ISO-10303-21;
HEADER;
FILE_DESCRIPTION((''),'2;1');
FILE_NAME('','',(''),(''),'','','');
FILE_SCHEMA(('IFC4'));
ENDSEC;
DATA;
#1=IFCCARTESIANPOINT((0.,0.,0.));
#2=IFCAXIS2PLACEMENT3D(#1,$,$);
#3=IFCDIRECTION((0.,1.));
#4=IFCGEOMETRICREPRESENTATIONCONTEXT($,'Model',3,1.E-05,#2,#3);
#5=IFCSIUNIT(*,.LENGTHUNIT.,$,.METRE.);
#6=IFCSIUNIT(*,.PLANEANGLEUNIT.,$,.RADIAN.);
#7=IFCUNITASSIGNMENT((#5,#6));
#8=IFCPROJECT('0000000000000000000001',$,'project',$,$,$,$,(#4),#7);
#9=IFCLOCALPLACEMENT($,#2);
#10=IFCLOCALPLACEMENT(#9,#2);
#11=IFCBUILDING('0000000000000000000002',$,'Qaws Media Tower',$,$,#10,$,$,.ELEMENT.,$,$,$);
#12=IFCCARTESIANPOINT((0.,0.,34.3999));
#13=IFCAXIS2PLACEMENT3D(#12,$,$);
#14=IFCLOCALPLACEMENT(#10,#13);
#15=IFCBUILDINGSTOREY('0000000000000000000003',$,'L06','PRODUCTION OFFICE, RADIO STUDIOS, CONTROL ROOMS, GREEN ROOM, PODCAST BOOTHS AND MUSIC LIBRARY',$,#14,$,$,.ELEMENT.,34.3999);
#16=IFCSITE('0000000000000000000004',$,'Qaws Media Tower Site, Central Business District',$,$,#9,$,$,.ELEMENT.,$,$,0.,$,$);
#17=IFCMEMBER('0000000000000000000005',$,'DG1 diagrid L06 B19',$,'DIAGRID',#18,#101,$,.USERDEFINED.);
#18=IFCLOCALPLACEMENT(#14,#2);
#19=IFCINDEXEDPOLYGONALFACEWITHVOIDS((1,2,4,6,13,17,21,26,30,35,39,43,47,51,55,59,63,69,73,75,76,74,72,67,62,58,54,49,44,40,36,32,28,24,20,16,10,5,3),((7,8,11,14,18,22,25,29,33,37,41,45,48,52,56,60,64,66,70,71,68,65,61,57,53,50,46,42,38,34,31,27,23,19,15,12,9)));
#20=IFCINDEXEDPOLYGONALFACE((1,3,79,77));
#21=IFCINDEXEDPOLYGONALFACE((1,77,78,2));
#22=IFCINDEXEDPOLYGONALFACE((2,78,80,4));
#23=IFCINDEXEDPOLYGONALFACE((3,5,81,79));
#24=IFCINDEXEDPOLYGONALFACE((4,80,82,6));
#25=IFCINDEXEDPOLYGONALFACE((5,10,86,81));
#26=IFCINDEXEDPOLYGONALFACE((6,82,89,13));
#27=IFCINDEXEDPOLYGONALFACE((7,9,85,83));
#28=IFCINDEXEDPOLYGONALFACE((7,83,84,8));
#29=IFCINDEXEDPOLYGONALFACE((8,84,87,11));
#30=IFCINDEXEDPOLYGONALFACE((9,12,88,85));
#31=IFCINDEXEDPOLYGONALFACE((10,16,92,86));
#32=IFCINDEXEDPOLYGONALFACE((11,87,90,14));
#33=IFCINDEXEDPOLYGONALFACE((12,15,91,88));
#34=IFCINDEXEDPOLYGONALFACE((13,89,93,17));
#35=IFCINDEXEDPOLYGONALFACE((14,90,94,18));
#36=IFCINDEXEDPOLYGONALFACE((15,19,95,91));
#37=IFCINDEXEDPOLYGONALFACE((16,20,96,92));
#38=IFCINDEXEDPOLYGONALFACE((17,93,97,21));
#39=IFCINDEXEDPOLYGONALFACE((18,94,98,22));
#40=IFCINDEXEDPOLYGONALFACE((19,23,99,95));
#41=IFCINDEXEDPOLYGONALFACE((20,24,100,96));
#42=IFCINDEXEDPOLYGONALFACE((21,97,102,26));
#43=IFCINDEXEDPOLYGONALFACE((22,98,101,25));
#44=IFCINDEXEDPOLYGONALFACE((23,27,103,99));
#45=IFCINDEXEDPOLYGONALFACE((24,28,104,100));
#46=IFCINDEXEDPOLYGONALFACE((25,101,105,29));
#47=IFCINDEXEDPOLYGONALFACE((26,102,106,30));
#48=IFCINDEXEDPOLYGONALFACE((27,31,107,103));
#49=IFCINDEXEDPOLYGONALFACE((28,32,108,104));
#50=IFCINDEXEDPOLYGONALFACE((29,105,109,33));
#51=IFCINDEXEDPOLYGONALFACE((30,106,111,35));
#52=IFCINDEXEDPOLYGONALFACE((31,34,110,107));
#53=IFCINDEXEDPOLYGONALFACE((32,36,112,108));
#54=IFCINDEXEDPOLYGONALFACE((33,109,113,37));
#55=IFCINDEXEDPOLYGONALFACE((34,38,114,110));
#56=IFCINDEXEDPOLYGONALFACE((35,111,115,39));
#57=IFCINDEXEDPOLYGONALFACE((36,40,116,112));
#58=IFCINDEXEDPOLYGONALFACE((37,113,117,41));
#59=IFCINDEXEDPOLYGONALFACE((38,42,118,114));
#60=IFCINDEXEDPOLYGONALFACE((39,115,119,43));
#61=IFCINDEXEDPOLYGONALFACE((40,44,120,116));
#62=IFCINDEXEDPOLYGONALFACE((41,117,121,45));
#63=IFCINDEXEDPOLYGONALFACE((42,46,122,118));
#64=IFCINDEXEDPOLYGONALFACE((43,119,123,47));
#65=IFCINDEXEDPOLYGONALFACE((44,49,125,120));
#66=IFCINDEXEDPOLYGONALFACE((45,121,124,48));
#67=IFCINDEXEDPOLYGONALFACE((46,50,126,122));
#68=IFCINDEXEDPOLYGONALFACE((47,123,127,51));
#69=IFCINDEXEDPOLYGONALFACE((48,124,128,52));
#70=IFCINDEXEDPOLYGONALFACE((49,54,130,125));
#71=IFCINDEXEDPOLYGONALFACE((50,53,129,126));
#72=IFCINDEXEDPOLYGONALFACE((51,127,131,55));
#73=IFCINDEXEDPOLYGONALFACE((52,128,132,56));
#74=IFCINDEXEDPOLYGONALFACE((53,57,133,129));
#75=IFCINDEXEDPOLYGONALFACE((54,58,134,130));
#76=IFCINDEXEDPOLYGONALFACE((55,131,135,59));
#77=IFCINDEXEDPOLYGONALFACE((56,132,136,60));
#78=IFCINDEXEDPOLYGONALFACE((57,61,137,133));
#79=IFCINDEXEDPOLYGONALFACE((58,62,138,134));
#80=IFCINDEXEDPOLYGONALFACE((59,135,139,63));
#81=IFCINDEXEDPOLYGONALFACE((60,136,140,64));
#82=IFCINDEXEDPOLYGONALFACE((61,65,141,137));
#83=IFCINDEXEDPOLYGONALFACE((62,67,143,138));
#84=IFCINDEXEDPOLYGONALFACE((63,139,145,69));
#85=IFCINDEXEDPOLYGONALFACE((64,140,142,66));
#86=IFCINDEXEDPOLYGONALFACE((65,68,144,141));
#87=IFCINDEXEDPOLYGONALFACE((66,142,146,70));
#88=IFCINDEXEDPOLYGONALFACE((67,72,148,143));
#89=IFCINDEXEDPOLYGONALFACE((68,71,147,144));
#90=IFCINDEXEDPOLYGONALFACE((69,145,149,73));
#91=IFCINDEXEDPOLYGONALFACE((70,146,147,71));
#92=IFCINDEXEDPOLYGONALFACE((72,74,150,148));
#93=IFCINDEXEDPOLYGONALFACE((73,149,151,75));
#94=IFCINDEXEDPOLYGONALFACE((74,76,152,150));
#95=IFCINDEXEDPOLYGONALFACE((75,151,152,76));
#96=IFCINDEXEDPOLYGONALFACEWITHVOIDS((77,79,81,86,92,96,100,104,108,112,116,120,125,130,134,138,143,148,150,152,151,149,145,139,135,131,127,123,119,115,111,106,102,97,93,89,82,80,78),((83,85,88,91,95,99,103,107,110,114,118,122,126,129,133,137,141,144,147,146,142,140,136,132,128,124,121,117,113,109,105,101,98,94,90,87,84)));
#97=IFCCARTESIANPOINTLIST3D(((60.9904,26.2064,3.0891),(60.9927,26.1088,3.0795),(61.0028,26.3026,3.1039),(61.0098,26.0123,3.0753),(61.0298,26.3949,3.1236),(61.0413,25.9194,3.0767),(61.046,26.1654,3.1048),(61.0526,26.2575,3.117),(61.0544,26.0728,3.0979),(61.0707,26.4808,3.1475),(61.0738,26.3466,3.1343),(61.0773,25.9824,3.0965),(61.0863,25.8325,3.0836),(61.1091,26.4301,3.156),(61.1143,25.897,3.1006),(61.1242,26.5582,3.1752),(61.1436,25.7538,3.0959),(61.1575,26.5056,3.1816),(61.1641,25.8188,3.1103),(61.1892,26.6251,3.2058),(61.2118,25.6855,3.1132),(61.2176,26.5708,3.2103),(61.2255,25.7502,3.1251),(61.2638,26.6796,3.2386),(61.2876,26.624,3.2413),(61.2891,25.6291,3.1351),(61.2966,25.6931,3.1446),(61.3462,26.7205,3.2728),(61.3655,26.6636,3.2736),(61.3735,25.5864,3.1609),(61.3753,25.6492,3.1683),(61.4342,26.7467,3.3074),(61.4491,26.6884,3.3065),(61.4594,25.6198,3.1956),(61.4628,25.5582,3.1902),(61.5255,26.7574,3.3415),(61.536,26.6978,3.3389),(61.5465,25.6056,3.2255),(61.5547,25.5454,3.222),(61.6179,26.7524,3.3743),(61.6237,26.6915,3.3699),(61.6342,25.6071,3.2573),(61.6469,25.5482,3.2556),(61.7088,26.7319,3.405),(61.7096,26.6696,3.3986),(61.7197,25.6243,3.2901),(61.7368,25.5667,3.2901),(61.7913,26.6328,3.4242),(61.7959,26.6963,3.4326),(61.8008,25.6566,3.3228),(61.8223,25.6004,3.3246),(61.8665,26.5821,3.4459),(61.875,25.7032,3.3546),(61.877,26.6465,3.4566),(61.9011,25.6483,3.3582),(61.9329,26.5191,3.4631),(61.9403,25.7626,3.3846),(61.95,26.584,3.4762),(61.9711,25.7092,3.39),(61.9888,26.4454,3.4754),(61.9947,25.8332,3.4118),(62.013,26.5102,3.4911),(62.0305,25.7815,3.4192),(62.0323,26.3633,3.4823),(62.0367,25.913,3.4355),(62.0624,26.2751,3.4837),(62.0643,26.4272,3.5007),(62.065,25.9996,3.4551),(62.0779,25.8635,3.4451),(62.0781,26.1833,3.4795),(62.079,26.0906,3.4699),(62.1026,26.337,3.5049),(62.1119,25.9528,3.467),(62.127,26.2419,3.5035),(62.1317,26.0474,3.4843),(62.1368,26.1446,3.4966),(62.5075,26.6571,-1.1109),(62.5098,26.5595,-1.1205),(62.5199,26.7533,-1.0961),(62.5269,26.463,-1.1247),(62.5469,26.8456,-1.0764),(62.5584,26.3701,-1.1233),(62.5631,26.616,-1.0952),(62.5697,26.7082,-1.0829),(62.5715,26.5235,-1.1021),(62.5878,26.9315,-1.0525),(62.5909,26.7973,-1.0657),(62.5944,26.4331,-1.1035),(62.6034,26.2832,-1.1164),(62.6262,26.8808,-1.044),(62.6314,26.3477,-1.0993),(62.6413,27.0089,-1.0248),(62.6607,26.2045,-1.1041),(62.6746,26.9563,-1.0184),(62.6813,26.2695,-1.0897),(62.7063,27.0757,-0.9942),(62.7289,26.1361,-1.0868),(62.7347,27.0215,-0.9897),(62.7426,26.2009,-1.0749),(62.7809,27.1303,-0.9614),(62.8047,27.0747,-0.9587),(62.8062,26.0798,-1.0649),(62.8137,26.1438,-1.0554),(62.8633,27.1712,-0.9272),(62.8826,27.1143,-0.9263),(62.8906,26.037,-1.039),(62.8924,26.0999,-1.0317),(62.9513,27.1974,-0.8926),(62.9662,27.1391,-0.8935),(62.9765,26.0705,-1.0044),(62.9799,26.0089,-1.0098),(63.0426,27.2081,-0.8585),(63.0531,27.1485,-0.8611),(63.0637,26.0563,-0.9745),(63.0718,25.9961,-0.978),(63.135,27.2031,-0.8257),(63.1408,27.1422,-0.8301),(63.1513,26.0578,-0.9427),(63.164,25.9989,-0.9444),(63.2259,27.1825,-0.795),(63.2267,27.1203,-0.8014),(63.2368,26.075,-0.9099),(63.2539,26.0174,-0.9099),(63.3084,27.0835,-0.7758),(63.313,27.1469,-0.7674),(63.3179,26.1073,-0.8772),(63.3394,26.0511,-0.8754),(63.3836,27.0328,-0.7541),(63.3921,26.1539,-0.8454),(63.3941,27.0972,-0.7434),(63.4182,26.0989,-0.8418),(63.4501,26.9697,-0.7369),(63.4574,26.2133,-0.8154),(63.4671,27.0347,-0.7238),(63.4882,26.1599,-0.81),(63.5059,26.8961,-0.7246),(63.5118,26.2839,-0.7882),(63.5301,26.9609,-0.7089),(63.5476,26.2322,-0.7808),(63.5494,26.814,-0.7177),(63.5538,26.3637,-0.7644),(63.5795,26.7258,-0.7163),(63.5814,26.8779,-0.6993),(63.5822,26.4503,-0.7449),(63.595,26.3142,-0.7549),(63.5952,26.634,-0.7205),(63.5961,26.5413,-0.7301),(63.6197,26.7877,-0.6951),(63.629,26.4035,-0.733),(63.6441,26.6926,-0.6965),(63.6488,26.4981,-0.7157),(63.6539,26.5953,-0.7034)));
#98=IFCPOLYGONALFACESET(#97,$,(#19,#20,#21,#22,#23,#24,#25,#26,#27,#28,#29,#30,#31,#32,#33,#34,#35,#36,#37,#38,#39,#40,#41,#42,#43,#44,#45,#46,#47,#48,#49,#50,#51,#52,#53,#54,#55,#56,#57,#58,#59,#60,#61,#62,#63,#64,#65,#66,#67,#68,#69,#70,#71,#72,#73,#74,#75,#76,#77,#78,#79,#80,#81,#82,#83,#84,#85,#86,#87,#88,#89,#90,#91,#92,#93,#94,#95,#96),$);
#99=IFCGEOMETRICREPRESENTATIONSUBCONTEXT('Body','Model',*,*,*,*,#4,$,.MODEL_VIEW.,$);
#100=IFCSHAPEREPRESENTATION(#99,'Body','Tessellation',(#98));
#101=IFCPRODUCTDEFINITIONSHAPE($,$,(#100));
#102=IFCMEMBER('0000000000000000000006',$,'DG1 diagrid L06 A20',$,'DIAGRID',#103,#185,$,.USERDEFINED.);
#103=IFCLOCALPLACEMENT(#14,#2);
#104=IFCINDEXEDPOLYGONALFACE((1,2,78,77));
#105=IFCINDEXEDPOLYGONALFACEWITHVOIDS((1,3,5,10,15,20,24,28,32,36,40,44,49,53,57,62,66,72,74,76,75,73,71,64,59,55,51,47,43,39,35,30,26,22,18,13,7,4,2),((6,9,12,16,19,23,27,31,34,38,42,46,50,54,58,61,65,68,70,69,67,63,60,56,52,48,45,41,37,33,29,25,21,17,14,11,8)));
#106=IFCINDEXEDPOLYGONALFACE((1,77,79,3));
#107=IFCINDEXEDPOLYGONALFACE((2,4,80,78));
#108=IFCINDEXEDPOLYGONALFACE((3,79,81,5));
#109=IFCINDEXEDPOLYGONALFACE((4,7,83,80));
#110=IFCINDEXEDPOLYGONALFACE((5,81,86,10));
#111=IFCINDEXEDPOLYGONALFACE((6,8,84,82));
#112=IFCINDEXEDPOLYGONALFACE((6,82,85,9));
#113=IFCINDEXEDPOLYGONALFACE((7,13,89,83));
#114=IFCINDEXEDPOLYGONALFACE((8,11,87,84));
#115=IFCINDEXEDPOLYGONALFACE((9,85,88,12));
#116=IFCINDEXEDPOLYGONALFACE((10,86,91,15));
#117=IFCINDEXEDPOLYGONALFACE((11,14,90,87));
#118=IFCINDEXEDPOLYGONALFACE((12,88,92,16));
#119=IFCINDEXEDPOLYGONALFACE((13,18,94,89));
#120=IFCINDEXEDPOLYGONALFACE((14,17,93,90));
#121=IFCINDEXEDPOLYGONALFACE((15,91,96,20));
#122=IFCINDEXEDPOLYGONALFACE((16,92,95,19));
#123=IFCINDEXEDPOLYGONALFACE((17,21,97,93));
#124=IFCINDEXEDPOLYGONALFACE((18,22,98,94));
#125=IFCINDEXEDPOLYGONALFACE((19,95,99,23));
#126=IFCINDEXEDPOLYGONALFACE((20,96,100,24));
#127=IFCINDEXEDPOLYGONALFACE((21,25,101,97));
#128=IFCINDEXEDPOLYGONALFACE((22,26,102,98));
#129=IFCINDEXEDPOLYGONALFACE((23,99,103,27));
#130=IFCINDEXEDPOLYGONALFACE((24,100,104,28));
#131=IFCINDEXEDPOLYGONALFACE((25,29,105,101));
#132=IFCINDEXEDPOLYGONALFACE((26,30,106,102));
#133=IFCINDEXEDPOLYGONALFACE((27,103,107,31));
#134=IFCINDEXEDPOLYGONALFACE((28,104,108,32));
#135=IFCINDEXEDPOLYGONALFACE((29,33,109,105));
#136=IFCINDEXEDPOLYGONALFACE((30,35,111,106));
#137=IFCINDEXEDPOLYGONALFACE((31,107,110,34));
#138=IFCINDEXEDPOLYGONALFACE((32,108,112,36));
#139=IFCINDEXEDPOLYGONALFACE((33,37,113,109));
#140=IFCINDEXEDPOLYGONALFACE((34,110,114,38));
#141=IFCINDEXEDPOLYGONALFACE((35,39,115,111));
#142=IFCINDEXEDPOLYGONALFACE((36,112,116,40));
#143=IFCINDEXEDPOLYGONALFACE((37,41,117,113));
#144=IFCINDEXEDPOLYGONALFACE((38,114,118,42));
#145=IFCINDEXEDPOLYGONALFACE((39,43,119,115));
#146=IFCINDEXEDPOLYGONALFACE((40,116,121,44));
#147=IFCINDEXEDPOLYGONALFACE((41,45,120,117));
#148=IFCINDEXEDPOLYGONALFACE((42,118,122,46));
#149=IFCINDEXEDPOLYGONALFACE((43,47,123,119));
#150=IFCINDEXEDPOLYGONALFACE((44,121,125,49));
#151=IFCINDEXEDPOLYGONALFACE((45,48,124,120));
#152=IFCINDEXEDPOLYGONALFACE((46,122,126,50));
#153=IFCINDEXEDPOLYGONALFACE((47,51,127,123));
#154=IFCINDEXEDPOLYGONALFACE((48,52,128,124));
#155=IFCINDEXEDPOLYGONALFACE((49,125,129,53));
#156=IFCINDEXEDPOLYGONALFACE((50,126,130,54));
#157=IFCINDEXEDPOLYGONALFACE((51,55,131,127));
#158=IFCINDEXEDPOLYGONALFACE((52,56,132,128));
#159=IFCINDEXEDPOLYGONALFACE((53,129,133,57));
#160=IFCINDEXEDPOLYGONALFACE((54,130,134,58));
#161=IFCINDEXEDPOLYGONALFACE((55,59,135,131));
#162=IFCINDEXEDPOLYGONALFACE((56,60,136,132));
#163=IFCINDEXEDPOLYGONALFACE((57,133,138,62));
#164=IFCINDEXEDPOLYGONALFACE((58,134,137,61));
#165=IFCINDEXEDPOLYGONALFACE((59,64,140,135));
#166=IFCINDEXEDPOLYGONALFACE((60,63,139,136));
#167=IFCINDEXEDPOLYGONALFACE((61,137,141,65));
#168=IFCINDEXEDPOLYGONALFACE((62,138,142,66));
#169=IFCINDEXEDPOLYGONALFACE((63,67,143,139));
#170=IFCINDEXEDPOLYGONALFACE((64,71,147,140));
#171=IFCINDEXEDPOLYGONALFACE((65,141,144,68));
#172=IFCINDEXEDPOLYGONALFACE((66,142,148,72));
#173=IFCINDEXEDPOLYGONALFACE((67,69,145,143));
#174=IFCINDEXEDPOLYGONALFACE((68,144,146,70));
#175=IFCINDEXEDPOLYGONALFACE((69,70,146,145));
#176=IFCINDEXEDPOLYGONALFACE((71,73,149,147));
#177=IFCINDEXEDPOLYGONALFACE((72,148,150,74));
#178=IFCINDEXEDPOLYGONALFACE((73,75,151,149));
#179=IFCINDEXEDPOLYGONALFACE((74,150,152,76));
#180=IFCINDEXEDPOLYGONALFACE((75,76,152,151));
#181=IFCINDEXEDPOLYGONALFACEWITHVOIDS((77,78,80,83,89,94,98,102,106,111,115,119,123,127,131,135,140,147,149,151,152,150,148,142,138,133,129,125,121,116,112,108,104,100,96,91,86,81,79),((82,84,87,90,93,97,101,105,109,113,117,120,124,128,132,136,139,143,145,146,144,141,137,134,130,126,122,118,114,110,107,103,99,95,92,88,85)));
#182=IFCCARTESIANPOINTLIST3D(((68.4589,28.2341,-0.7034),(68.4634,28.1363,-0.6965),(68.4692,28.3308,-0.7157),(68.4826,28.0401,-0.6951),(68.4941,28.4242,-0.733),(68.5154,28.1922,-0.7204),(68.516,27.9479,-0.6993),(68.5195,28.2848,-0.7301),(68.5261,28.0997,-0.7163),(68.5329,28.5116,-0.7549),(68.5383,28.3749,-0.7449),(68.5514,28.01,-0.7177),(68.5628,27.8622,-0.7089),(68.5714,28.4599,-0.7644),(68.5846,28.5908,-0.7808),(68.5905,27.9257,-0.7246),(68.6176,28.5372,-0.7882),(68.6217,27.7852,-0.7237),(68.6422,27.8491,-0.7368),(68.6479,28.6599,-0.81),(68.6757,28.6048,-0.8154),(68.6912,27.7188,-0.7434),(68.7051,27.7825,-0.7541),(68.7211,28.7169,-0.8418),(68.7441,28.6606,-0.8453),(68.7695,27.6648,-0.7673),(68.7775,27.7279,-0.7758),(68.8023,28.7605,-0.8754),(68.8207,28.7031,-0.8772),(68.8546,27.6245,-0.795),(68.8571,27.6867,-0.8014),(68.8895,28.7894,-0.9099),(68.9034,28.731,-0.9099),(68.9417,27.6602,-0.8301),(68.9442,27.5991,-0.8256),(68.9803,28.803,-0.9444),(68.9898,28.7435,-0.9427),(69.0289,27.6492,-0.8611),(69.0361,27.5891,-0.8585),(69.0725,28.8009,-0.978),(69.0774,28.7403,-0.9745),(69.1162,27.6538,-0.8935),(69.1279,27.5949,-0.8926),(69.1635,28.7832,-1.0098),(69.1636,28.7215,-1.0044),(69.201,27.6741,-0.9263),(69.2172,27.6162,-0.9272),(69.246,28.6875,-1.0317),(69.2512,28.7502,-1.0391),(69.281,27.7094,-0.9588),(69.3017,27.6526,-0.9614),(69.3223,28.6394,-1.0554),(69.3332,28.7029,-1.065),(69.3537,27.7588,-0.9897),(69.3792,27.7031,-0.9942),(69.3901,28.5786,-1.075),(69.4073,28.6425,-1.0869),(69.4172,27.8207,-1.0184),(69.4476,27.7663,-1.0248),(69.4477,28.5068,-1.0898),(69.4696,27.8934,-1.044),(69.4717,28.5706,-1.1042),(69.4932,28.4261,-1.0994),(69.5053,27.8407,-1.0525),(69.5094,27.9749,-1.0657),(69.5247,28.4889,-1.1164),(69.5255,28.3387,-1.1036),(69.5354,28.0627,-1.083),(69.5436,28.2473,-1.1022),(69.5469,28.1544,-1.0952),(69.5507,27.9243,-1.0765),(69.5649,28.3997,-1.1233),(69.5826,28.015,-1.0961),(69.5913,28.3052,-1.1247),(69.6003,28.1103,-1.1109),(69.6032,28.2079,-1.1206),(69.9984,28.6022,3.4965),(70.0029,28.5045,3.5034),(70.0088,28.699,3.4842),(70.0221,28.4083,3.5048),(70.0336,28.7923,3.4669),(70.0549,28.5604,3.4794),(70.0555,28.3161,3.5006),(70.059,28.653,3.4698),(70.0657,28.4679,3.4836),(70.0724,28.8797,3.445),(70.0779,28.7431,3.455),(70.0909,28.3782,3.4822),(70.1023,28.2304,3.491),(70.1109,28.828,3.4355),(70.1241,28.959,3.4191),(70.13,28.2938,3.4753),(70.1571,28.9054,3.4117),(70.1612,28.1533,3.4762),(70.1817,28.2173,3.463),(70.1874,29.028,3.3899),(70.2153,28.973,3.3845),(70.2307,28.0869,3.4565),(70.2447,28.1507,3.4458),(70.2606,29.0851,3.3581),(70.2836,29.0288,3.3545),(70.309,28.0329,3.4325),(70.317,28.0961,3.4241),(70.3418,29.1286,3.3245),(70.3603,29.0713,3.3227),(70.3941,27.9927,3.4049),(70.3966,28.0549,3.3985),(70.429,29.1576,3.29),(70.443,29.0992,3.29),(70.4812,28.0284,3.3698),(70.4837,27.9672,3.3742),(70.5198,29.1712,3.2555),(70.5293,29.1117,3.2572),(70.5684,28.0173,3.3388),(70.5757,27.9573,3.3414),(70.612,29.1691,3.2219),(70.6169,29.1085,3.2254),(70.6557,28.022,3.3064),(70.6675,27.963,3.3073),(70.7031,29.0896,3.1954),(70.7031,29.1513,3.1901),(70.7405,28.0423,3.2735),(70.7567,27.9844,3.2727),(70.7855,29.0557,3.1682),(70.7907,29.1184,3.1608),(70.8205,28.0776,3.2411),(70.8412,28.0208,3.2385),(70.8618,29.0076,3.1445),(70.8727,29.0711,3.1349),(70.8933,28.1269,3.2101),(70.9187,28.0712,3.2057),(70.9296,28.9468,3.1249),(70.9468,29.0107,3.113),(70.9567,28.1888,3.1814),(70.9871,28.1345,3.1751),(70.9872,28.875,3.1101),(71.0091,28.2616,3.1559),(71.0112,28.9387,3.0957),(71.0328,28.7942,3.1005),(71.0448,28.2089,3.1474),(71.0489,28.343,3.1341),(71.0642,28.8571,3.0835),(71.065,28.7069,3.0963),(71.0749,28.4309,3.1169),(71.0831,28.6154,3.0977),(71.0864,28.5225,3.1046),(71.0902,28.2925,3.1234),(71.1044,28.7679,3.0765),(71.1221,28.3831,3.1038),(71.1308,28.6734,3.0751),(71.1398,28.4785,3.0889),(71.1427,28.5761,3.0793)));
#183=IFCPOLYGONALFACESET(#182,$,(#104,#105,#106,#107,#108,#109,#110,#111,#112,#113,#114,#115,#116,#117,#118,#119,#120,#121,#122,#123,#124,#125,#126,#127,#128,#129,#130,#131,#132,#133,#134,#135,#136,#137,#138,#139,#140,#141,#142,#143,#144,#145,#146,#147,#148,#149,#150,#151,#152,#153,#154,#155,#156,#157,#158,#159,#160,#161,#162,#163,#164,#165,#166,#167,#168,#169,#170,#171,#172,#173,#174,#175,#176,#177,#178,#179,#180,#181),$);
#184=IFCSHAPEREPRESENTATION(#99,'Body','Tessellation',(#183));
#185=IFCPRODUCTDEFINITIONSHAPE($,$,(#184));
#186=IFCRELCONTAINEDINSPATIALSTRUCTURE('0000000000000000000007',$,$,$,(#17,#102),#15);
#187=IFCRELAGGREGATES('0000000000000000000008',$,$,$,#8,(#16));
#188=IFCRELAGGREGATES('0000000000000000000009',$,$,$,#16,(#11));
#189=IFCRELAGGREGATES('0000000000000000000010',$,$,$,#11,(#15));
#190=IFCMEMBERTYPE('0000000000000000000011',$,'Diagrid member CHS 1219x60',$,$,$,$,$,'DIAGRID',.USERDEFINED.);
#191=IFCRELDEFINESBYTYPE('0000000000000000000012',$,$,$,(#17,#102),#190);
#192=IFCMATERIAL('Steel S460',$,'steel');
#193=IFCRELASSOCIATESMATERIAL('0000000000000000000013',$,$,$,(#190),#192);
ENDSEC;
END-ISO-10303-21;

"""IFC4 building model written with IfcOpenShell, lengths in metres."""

from ifc_helpers import new_model, si_unit, direction, frame, origin, origin_2d, place, context, subcontext, project, spatial, hollow_circle, extrude, material, material_profile, profile_set, type_object, element, save


model = new_model("IFC4")

# Units and contexts
model_context = context("Model", 3, precision=1e-05, world=origin(), true_north=direction((0.0, 1.0)))
body_context = subcontext(model_context, "Body", "Model", "MODEL_VIEW")
ifc_project = project(units=[si_unit("LENGTHUNIT", "METRE"), si_unit("PLANEANGLEUNIT", "RADIAN")], contexts=[model_context])

# Site, building, storey
site_placement = place(None, origin())
site = spatial("IfcSite", under=ifc_project, at=site_placement, Name="Qaws Media Tower Site, Central Business District", CompositionType="ELEMENT", RefElevation=0.0)
building_placement = place(site_placement, origin())
building = spatial("IfcBuilding", under=site, at=building_placement, Name="Qaws Media Tower", CompositionType="ELEMENT")
storey_placement = place(building_placement, frame((0.0, 0.0, 34.3999)))
storey = spatial("IfcBuildingStorey", under=building, at=storey_placement, Name="L06", Description="PRODUCTION OFFICE, RADIO STUDIOS, CONTROL ROOMS, GREEN ROOM, PODCAST BOOTHS AND MUSIC LIBRARY", CompositionType="ELEMENT", Elevation=34.3999)

# Members
ifc_material_1 = material(Name="Steel S460", Category="steel")
ifc_material_profile_1 = material_profile(ifc_material_1, hollow_circle(Radius=0.6096, WallThickness=0.0601, at=origin_2d()), Name="CHS 1219x60")
ifc_profile_set_1 = profile_set([ifc_material_profile_1], Name="Steel S460")
member_type_1 = type_object("IfcMemberType", Name="Diagrid member CHS 1219x60", ElementType="DIAGRID", PredefinedType="USERDEFINED", material=ifc_profile_set_1)
for number, where, z_axis, x_axis, name in (
    (1, (63.0803, 26.6018, -0.9099), (-0.338015, -0.100414, 0.935769), (0.284771, -0.958596, 0.0), "DG1 diagrid L06 B19"),
    (2, (69.0312, 28.1965, -0.9099), (0.34301, 0.082026, 0.935744), (-0.23258, 0.972577, 0.0), "DG1 diagrid L06 A20"),
):
    element("IfcMember", number, at=place(storey_placement, frame(where, z_axis=z_axis, x_axis=x_axis)), inside=storey, type_object=member_type_1, Name=name, ObjectType="DIAGRID", PredefinedType="USERDEFINED", context=body_context, shape_type="SweptSolid", body=[
        extrude(hollow_circle(Radius=0.6096, WallThickness=0.0601, at=origin_2d()), origin(), (0.0, 0.0, 1.0), 4.4883),
    ])

save(model, "model.ifc")
